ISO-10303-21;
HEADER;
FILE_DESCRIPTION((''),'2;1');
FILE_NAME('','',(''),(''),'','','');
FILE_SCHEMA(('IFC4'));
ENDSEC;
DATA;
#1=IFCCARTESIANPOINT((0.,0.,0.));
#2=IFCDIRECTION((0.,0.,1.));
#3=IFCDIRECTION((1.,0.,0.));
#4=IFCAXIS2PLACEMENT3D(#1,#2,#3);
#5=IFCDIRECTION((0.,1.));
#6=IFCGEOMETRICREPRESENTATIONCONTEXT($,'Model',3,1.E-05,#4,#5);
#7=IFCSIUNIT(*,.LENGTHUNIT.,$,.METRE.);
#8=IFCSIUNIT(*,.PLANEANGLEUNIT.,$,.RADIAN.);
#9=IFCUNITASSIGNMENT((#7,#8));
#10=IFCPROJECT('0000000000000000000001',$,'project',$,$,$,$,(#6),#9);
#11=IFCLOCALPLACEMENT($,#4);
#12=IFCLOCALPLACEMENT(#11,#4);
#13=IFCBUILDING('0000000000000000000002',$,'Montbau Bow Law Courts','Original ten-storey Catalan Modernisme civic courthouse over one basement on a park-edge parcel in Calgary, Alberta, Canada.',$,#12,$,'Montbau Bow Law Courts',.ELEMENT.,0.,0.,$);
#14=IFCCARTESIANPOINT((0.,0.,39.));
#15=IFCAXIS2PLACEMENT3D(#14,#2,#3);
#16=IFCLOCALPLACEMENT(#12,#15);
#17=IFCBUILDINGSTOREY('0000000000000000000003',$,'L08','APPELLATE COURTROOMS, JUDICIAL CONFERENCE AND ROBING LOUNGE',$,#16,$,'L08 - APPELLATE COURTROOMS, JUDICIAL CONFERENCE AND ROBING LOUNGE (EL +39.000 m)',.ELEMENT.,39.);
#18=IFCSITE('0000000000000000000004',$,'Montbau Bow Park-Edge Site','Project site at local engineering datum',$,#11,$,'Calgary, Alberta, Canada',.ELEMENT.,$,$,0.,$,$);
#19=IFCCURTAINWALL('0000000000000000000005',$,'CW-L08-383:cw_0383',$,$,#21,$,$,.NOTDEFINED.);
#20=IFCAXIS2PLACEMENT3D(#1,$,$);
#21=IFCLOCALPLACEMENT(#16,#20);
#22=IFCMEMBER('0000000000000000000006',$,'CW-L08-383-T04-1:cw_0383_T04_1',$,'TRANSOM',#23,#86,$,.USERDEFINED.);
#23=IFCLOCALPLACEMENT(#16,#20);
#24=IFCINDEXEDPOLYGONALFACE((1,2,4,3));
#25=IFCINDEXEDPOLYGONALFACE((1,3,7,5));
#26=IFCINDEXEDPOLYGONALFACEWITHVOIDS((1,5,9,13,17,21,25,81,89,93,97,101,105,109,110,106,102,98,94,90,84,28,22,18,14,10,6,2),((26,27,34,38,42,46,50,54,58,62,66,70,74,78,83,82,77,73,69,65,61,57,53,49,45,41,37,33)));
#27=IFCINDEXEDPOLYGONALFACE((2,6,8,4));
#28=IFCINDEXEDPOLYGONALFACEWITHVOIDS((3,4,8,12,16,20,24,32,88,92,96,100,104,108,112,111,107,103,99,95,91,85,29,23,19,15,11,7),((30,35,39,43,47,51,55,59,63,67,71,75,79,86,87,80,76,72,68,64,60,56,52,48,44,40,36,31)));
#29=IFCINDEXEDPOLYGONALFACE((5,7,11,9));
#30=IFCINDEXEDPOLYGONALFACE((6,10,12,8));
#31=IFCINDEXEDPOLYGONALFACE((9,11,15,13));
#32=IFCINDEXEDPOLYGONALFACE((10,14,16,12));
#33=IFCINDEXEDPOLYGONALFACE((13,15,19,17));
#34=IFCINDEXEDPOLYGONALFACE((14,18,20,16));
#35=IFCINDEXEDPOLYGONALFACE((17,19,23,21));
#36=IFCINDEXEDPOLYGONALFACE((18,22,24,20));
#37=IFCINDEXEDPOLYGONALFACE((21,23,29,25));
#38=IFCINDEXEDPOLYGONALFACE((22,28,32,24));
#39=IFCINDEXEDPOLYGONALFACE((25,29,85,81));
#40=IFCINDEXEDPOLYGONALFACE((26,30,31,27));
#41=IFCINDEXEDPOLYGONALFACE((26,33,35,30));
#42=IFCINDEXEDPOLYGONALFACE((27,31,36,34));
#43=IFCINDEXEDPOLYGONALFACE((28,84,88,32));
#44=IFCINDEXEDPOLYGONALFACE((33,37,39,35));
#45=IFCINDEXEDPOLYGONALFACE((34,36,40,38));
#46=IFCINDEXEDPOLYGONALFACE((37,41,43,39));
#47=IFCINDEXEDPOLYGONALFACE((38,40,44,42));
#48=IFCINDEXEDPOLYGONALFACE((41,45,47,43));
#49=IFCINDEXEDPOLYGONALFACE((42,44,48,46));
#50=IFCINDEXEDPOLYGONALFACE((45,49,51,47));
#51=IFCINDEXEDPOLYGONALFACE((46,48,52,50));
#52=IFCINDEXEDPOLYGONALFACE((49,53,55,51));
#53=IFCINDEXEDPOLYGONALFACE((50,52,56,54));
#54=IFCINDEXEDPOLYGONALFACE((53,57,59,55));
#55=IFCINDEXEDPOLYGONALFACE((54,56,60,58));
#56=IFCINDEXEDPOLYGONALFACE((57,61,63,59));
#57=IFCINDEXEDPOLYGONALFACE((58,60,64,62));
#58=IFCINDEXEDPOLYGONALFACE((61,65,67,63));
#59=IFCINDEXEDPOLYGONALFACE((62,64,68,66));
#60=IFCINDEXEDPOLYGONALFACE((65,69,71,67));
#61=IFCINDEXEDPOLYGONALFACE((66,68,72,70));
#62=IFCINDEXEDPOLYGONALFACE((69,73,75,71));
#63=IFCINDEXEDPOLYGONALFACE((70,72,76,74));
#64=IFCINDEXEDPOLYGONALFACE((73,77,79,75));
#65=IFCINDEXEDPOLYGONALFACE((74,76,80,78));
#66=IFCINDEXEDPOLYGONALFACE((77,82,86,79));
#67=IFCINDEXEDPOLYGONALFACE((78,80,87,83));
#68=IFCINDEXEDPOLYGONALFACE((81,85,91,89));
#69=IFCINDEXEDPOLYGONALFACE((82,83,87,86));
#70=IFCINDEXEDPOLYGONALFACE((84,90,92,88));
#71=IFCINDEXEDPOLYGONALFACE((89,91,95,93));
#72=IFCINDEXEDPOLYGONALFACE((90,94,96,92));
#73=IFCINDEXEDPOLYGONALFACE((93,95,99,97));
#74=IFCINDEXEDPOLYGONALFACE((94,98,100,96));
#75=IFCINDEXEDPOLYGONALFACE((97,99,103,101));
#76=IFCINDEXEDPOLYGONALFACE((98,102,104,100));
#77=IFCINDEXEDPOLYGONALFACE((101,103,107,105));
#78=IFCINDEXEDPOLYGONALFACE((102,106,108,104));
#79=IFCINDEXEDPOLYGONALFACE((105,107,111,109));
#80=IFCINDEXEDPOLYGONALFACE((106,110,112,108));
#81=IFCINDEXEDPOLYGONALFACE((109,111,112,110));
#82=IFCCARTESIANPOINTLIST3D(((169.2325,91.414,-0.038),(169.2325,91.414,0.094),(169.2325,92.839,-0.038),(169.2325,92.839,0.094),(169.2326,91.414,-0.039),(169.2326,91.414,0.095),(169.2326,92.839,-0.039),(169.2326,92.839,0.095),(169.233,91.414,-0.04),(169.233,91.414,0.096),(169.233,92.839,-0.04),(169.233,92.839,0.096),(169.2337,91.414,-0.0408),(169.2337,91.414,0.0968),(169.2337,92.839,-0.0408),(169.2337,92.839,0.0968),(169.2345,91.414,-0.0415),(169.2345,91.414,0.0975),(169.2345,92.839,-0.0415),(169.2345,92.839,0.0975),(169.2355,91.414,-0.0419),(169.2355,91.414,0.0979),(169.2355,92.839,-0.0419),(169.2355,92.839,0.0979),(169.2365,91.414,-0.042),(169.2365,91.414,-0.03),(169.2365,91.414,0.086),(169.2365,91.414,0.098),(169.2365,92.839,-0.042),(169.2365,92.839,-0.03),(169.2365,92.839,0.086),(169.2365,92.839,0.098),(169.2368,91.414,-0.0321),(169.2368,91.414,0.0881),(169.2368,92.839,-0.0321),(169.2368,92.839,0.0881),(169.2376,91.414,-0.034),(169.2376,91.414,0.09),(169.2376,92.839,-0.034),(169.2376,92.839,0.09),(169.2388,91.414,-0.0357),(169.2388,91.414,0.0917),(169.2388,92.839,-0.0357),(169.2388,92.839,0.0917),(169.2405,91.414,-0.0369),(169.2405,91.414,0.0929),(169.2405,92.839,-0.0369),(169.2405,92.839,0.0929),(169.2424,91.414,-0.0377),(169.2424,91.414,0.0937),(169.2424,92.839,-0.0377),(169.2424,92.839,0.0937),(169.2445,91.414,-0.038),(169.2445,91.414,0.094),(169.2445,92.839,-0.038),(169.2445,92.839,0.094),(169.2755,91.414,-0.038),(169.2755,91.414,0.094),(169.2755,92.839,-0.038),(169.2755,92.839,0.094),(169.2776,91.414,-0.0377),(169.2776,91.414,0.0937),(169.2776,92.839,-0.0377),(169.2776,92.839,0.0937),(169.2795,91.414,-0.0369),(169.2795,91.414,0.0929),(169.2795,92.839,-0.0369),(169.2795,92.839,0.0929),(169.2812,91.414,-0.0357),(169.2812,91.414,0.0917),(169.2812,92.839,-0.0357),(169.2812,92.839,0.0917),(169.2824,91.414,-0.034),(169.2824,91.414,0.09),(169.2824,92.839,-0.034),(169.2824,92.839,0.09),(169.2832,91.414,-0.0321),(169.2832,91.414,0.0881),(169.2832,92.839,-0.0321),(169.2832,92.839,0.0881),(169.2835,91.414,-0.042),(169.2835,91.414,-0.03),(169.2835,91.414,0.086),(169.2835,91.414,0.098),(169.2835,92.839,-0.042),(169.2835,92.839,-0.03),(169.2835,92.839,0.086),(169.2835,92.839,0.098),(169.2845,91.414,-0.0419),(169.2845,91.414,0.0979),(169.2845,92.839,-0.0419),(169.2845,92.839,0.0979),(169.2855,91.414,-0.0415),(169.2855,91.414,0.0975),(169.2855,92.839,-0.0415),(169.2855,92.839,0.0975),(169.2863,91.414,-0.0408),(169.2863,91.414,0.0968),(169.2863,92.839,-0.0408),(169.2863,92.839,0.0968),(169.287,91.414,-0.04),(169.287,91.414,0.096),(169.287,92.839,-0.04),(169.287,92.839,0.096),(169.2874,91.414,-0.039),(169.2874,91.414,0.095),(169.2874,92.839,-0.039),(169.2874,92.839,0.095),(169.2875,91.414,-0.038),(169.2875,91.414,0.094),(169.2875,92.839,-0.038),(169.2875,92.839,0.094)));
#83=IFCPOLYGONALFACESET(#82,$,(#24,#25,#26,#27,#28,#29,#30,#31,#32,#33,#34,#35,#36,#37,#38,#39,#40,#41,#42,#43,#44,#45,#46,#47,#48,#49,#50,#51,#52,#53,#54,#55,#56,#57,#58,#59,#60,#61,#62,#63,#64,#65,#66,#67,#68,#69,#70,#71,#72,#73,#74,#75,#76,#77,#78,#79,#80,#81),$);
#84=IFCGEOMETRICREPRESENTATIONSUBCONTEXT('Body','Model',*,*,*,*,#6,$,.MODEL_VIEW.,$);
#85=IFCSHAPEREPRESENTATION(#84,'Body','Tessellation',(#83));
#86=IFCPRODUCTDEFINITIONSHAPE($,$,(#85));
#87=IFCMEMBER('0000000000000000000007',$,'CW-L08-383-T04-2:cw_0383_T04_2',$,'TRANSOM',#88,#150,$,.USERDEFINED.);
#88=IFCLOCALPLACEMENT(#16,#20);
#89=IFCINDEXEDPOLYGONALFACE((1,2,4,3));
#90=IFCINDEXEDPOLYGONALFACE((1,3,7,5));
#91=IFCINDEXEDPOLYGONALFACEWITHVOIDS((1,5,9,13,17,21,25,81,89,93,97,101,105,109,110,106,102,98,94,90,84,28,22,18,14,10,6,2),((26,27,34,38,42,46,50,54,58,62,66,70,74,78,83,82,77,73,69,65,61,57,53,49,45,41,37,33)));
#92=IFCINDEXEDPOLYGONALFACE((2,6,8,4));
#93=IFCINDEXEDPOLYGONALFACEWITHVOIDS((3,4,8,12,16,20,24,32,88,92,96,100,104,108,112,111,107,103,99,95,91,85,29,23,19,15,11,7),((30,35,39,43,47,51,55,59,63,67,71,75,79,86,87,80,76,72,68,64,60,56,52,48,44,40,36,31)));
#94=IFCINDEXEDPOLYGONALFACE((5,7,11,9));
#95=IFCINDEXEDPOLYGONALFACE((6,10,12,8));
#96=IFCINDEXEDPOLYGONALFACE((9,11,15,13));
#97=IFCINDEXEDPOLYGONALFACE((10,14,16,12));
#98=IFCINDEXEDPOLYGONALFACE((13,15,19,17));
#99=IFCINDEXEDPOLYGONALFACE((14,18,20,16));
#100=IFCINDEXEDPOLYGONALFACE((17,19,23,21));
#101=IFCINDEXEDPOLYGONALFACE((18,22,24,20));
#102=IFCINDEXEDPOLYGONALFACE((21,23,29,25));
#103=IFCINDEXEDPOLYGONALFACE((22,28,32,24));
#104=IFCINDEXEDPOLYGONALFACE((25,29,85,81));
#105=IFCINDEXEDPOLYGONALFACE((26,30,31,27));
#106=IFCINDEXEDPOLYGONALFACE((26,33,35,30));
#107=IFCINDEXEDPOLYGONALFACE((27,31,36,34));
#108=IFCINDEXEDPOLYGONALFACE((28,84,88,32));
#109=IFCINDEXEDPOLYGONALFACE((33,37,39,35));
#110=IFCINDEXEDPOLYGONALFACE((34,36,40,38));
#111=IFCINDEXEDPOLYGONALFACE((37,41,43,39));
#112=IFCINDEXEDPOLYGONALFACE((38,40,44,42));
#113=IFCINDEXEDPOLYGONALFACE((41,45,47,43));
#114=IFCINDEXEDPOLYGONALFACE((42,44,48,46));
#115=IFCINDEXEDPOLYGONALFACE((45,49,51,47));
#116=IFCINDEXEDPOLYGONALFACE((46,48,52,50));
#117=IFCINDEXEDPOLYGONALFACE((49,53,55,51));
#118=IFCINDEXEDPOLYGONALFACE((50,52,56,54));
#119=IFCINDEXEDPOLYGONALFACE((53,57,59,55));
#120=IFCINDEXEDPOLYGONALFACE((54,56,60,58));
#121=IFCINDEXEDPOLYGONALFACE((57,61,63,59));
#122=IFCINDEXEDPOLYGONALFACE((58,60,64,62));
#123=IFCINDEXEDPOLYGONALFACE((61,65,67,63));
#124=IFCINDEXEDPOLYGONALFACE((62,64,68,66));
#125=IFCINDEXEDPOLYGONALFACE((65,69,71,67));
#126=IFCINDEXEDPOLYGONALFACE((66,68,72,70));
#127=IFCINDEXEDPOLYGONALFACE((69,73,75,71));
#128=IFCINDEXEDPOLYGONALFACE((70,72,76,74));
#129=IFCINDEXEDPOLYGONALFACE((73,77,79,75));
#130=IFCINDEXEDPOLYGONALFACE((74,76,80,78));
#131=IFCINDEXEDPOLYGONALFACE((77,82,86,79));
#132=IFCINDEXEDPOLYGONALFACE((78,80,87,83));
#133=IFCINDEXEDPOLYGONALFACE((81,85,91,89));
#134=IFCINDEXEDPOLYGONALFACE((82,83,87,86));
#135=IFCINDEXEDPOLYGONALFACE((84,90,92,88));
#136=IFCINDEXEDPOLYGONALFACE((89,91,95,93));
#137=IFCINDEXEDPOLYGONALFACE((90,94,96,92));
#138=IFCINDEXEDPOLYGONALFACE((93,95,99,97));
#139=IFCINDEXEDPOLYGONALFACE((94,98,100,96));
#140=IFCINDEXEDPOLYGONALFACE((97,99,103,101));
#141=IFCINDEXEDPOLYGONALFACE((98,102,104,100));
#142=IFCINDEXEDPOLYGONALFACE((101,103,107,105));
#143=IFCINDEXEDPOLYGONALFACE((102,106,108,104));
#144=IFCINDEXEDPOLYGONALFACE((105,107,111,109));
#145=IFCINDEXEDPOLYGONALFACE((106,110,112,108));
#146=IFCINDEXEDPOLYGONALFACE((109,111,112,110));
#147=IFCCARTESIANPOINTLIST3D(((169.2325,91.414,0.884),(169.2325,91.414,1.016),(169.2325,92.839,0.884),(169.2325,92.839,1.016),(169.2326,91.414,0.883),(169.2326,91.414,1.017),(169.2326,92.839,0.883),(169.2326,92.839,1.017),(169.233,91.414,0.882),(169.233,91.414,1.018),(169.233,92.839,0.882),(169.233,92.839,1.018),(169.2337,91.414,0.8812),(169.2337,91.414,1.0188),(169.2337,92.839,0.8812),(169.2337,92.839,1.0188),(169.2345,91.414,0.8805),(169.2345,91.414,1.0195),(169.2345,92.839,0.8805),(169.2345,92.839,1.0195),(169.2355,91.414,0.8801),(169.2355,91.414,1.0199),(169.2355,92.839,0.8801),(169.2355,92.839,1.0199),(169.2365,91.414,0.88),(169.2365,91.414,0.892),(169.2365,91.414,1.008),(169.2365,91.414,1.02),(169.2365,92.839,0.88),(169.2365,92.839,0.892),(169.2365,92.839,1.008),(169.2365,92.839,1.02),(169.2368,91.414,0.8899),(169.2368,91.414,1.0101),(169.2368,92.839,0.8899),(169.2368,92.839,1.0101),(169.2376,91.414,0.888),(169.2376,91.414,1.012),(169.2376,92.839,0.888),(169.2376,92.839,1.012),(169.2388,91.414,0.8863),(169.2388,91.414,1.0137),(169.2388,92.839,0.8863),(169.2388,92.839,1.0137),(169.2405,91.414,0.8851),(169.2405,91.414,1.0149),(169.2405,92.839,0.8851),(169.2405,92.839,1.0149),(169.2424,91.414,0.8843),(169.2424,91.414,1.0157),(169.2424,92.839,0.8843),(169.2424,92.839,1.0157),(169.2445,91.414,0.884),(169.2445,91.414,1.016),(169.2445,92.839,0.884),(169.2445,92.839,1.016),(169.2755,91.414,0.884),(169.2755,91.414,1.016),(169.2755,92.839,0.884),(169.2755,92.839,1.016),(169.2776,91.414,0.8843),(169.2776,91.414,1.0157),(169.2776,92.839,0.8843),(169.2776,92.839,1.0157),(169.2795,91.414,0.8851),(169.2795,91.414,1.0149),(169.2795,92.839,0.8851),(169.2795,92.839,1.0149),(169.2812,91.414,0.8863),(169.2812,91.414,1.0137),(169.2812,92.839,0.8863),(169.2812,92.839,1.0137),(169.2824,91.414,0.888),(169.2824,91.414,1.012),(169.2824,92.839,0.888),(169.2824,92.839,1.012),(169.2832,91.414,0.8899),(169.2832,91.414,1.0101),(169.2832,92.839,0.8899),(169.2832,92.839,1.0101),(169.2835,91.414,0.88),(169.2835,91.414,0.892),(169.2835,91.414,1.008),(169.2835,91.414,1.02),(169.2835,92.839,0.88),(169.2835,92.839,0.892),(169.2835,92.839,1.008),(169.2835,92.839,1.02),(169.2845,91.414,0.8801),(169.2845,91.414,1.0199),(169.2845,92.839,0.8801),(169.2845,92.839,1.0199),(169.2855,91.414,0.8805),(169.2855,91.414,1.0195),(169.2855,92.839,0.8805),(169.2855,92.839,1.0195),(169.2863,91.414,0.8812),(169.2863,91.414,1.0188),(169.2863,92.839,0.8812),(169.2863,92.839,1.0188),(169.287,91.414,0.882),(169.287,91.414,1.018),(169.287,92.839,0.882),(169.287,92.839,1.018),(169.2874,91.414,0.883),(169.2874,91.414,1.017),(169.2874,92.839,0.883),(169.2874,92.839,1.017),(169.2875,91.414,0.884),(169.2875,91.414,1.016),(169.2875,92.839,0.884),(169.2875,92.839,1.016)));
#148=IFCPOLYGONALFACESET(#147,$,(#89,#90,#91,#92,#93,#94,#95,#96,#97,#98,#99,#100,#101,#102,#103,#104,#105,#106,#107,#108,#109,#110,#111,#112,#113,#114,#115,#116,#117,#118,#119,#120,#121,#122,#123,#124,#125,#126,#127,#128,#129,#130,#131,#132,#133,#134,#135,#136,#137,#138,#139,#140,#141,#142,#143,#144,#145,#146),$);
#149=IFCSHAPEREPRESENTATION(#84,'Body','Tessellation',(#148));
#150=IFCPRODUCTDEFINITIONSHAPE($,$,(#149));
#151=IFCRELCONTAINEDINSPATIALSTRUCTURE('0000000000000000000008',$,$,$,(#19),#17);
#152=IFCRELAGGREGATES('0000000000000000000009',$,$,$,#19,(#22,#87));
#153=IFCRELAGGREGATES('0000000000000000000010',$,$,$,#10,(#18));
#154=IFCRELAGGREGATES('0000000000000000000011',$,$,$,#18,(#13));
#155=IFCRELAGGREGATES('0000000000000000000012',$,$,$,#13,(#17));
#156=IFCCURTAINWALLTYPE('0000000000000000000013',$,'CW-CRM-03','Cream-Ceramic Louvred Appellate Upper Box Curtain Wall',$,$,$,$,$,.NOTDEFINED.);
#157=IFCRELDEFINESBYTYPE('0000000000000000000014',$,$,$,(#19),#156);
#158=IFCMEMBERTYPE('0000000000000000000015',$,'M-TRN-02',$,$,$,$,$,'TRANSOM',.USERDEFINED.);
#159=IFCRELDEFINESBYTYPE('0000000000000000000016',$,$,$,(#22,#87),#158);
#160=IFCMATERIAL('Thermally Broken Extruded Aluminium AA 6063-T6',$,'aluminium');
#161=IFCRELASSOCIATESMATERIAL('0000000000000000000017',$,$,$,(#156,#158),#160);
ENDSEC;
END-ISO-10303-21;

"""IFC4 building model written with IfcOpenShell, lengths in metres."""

from ifc_helpers import new_model, si_unit, direction, frame, origin_with_axes, origin_2d_with_axis, place, context, subcontext, project, spatial, hollow_rectangle, extrude, material, material_profile, profile_set, type_object, element, aggregate, save


model = new_model("IFC4")

# Units and contexts
model_context = context("Model", 3, precision=1e-05, world=origin_with_axes(), true_north=direction((0.0, 1.0)))
body_context = subcontext(model_context, "Body", "Model", "MODEL_VIEW")
ifc_project = project(units=[si_unit("LENGTHUNIT", "METRE"), si_unit("PLANEANGLEUNIT", "RADIAN")], contexts=[model_context])

# Site, building, storey
site_placement = place(None, origin_with_axes())
site = spatial("IfcSite", under=ifc_project, at=site_placement, Name="Montbau Bow Park-Edge Site", Description="Project site at local engineering datum", LongName="Calgary, Alberta, Canada", CompositionType="ELEMENT", RefElevation=0.0)
building_placement = place(site_placement, origin_with_axes())
building = spatial("IfcBuilding", under=site, at=building_placement, Name="Montbau Bow Law Courts", Description="Original ten-storey Catalan Modernisme civic courthouse over one basement on a park-edge parcel in Calgary, Alberta, Canada.", LongName="Montbau Bow Law Courts", CompositionType="ELEMENT", ElevationOfRefHeight=0.0, ElevationOfTerrain=0.0)
storey_placement = place(building_placement, frame((0.0, 0.0, 39.0), z_axis=(0.0, 0.0, 1.0), x_axis=(1.0, 0.0, 0.0)))
storey = spatial("IfcBuildingStorey", under=building, at=storey_placement, Name="L08", Description="APPELLATE COURTROOMS, JUDICIAL CONFERENCE AND ROBING LOUNGE", LongName="L08 - APPELLATE COURTROOMS, JUDICIAL CONFERENCE AND ROBING LOUNGE (EL +39.000 m)", CompositionType="ELEMENT", Elevation=39.0)

# Curtain wall, members
ifc_material_1 = material(Name="Thermally Broken Extruded Aluminium AA 6063-T6", Category="aluminium")
curtain_wall_type = type_object("IfcCurtainWallType", Name="CW-CRM-03", Description="Cream-Ceramic Louvred Appellate Upper Box Curtain Wall", PredefinedType="NOTDEFINED", material=ifc_material_1)
curtain_wall_placement = place(None, frame((169.26, 86.915, 39.0), z_axis=(0.0, 0.0, 1.0), x_axis=(1.0, 0.0, 0.0)))
curtain_wall = element("IfcCurtainWall", 1, at=curtain_wall_placement, inside=storey, type_object=curtain_wall_type, Name="CW-L08-383:cw_0383", PredefinedType="NOTDEFINED")
ifc_material_profile_1 = material_profile(ifc_material_1, hollow_rectangle(XDim=0.055, YDim=0.14, WallThickness=0.004, InnerFilletRadius=0.008, OuterFilletRadius=0.004, at=origin_2d_with_axis()), Name="CWT-140X55", Category="Main", Priority=0)
ifc_profile_set_1 = profile_set([ifc_material_profile_1], Name="Thermally Broken Extruded Aluminium AA 6063-T6")
member_type_1 = type_object("IfcMemberType", Name="M-TRN-02", ElementType="TRANSOM", PredefinedType="USERDEFINED", material=ifc_profile_set_1)
member_1_placement = place(None, frame((169.26, 91.414, 39.028), z_axis=(0.0, 1.0, 0.0), x_axis=(-1.0, 0.0, 0.0)))
member_1 = element("IfcMember", 2, at=member_1_placement, type_object=member_type_1, Name="CW-L08-383-T04-1:cw_0383_T04_1", ObjectType="TRANSOM", PredefinedType="USERDEFINED", context=body_context, shape_type="SweptSolid", body=[
    extrude(hollow_rectangle(XDim=0.055, YDim=0.14, WallThickness=0.004, InnerFilletRadius=0.008, OuterFilletRadius=0.004, at=origin_2d_with_axis()), origin_with_axes(), (0.0, 0.0, 1.0), 1.425),
])
member_2_placement = place(None, frame((169.26, 91.414, 39.95), z_axis=(0.0, 1.0, 0.0), x_axis=(-1.0, 0.0, 0.0)))
member_2 = element("IfcMember", 3, at=member_2_placement, type_object=member_type_1, Name="CW-L08-383-T04-2:cw_0383_T04_2", ObjectType="TRANSOM", PredefinedType="USERDEFINED", context=body_context, shape_type="SweptSolid", body=[
    extrude(hollow_rectangle(XDim=0.055, YDim=0.14, WallThickness=0.004, InnerFilletRadius=0.008, OuterFilletRadius=0.004, at=origin_2d_with_axis()), origin_with_axes(), (0.0, 0.0, 1.0), 1.425),
])
aggregate(curtain_wall, [member_1, member_2])

save(model, "model.ifc")
